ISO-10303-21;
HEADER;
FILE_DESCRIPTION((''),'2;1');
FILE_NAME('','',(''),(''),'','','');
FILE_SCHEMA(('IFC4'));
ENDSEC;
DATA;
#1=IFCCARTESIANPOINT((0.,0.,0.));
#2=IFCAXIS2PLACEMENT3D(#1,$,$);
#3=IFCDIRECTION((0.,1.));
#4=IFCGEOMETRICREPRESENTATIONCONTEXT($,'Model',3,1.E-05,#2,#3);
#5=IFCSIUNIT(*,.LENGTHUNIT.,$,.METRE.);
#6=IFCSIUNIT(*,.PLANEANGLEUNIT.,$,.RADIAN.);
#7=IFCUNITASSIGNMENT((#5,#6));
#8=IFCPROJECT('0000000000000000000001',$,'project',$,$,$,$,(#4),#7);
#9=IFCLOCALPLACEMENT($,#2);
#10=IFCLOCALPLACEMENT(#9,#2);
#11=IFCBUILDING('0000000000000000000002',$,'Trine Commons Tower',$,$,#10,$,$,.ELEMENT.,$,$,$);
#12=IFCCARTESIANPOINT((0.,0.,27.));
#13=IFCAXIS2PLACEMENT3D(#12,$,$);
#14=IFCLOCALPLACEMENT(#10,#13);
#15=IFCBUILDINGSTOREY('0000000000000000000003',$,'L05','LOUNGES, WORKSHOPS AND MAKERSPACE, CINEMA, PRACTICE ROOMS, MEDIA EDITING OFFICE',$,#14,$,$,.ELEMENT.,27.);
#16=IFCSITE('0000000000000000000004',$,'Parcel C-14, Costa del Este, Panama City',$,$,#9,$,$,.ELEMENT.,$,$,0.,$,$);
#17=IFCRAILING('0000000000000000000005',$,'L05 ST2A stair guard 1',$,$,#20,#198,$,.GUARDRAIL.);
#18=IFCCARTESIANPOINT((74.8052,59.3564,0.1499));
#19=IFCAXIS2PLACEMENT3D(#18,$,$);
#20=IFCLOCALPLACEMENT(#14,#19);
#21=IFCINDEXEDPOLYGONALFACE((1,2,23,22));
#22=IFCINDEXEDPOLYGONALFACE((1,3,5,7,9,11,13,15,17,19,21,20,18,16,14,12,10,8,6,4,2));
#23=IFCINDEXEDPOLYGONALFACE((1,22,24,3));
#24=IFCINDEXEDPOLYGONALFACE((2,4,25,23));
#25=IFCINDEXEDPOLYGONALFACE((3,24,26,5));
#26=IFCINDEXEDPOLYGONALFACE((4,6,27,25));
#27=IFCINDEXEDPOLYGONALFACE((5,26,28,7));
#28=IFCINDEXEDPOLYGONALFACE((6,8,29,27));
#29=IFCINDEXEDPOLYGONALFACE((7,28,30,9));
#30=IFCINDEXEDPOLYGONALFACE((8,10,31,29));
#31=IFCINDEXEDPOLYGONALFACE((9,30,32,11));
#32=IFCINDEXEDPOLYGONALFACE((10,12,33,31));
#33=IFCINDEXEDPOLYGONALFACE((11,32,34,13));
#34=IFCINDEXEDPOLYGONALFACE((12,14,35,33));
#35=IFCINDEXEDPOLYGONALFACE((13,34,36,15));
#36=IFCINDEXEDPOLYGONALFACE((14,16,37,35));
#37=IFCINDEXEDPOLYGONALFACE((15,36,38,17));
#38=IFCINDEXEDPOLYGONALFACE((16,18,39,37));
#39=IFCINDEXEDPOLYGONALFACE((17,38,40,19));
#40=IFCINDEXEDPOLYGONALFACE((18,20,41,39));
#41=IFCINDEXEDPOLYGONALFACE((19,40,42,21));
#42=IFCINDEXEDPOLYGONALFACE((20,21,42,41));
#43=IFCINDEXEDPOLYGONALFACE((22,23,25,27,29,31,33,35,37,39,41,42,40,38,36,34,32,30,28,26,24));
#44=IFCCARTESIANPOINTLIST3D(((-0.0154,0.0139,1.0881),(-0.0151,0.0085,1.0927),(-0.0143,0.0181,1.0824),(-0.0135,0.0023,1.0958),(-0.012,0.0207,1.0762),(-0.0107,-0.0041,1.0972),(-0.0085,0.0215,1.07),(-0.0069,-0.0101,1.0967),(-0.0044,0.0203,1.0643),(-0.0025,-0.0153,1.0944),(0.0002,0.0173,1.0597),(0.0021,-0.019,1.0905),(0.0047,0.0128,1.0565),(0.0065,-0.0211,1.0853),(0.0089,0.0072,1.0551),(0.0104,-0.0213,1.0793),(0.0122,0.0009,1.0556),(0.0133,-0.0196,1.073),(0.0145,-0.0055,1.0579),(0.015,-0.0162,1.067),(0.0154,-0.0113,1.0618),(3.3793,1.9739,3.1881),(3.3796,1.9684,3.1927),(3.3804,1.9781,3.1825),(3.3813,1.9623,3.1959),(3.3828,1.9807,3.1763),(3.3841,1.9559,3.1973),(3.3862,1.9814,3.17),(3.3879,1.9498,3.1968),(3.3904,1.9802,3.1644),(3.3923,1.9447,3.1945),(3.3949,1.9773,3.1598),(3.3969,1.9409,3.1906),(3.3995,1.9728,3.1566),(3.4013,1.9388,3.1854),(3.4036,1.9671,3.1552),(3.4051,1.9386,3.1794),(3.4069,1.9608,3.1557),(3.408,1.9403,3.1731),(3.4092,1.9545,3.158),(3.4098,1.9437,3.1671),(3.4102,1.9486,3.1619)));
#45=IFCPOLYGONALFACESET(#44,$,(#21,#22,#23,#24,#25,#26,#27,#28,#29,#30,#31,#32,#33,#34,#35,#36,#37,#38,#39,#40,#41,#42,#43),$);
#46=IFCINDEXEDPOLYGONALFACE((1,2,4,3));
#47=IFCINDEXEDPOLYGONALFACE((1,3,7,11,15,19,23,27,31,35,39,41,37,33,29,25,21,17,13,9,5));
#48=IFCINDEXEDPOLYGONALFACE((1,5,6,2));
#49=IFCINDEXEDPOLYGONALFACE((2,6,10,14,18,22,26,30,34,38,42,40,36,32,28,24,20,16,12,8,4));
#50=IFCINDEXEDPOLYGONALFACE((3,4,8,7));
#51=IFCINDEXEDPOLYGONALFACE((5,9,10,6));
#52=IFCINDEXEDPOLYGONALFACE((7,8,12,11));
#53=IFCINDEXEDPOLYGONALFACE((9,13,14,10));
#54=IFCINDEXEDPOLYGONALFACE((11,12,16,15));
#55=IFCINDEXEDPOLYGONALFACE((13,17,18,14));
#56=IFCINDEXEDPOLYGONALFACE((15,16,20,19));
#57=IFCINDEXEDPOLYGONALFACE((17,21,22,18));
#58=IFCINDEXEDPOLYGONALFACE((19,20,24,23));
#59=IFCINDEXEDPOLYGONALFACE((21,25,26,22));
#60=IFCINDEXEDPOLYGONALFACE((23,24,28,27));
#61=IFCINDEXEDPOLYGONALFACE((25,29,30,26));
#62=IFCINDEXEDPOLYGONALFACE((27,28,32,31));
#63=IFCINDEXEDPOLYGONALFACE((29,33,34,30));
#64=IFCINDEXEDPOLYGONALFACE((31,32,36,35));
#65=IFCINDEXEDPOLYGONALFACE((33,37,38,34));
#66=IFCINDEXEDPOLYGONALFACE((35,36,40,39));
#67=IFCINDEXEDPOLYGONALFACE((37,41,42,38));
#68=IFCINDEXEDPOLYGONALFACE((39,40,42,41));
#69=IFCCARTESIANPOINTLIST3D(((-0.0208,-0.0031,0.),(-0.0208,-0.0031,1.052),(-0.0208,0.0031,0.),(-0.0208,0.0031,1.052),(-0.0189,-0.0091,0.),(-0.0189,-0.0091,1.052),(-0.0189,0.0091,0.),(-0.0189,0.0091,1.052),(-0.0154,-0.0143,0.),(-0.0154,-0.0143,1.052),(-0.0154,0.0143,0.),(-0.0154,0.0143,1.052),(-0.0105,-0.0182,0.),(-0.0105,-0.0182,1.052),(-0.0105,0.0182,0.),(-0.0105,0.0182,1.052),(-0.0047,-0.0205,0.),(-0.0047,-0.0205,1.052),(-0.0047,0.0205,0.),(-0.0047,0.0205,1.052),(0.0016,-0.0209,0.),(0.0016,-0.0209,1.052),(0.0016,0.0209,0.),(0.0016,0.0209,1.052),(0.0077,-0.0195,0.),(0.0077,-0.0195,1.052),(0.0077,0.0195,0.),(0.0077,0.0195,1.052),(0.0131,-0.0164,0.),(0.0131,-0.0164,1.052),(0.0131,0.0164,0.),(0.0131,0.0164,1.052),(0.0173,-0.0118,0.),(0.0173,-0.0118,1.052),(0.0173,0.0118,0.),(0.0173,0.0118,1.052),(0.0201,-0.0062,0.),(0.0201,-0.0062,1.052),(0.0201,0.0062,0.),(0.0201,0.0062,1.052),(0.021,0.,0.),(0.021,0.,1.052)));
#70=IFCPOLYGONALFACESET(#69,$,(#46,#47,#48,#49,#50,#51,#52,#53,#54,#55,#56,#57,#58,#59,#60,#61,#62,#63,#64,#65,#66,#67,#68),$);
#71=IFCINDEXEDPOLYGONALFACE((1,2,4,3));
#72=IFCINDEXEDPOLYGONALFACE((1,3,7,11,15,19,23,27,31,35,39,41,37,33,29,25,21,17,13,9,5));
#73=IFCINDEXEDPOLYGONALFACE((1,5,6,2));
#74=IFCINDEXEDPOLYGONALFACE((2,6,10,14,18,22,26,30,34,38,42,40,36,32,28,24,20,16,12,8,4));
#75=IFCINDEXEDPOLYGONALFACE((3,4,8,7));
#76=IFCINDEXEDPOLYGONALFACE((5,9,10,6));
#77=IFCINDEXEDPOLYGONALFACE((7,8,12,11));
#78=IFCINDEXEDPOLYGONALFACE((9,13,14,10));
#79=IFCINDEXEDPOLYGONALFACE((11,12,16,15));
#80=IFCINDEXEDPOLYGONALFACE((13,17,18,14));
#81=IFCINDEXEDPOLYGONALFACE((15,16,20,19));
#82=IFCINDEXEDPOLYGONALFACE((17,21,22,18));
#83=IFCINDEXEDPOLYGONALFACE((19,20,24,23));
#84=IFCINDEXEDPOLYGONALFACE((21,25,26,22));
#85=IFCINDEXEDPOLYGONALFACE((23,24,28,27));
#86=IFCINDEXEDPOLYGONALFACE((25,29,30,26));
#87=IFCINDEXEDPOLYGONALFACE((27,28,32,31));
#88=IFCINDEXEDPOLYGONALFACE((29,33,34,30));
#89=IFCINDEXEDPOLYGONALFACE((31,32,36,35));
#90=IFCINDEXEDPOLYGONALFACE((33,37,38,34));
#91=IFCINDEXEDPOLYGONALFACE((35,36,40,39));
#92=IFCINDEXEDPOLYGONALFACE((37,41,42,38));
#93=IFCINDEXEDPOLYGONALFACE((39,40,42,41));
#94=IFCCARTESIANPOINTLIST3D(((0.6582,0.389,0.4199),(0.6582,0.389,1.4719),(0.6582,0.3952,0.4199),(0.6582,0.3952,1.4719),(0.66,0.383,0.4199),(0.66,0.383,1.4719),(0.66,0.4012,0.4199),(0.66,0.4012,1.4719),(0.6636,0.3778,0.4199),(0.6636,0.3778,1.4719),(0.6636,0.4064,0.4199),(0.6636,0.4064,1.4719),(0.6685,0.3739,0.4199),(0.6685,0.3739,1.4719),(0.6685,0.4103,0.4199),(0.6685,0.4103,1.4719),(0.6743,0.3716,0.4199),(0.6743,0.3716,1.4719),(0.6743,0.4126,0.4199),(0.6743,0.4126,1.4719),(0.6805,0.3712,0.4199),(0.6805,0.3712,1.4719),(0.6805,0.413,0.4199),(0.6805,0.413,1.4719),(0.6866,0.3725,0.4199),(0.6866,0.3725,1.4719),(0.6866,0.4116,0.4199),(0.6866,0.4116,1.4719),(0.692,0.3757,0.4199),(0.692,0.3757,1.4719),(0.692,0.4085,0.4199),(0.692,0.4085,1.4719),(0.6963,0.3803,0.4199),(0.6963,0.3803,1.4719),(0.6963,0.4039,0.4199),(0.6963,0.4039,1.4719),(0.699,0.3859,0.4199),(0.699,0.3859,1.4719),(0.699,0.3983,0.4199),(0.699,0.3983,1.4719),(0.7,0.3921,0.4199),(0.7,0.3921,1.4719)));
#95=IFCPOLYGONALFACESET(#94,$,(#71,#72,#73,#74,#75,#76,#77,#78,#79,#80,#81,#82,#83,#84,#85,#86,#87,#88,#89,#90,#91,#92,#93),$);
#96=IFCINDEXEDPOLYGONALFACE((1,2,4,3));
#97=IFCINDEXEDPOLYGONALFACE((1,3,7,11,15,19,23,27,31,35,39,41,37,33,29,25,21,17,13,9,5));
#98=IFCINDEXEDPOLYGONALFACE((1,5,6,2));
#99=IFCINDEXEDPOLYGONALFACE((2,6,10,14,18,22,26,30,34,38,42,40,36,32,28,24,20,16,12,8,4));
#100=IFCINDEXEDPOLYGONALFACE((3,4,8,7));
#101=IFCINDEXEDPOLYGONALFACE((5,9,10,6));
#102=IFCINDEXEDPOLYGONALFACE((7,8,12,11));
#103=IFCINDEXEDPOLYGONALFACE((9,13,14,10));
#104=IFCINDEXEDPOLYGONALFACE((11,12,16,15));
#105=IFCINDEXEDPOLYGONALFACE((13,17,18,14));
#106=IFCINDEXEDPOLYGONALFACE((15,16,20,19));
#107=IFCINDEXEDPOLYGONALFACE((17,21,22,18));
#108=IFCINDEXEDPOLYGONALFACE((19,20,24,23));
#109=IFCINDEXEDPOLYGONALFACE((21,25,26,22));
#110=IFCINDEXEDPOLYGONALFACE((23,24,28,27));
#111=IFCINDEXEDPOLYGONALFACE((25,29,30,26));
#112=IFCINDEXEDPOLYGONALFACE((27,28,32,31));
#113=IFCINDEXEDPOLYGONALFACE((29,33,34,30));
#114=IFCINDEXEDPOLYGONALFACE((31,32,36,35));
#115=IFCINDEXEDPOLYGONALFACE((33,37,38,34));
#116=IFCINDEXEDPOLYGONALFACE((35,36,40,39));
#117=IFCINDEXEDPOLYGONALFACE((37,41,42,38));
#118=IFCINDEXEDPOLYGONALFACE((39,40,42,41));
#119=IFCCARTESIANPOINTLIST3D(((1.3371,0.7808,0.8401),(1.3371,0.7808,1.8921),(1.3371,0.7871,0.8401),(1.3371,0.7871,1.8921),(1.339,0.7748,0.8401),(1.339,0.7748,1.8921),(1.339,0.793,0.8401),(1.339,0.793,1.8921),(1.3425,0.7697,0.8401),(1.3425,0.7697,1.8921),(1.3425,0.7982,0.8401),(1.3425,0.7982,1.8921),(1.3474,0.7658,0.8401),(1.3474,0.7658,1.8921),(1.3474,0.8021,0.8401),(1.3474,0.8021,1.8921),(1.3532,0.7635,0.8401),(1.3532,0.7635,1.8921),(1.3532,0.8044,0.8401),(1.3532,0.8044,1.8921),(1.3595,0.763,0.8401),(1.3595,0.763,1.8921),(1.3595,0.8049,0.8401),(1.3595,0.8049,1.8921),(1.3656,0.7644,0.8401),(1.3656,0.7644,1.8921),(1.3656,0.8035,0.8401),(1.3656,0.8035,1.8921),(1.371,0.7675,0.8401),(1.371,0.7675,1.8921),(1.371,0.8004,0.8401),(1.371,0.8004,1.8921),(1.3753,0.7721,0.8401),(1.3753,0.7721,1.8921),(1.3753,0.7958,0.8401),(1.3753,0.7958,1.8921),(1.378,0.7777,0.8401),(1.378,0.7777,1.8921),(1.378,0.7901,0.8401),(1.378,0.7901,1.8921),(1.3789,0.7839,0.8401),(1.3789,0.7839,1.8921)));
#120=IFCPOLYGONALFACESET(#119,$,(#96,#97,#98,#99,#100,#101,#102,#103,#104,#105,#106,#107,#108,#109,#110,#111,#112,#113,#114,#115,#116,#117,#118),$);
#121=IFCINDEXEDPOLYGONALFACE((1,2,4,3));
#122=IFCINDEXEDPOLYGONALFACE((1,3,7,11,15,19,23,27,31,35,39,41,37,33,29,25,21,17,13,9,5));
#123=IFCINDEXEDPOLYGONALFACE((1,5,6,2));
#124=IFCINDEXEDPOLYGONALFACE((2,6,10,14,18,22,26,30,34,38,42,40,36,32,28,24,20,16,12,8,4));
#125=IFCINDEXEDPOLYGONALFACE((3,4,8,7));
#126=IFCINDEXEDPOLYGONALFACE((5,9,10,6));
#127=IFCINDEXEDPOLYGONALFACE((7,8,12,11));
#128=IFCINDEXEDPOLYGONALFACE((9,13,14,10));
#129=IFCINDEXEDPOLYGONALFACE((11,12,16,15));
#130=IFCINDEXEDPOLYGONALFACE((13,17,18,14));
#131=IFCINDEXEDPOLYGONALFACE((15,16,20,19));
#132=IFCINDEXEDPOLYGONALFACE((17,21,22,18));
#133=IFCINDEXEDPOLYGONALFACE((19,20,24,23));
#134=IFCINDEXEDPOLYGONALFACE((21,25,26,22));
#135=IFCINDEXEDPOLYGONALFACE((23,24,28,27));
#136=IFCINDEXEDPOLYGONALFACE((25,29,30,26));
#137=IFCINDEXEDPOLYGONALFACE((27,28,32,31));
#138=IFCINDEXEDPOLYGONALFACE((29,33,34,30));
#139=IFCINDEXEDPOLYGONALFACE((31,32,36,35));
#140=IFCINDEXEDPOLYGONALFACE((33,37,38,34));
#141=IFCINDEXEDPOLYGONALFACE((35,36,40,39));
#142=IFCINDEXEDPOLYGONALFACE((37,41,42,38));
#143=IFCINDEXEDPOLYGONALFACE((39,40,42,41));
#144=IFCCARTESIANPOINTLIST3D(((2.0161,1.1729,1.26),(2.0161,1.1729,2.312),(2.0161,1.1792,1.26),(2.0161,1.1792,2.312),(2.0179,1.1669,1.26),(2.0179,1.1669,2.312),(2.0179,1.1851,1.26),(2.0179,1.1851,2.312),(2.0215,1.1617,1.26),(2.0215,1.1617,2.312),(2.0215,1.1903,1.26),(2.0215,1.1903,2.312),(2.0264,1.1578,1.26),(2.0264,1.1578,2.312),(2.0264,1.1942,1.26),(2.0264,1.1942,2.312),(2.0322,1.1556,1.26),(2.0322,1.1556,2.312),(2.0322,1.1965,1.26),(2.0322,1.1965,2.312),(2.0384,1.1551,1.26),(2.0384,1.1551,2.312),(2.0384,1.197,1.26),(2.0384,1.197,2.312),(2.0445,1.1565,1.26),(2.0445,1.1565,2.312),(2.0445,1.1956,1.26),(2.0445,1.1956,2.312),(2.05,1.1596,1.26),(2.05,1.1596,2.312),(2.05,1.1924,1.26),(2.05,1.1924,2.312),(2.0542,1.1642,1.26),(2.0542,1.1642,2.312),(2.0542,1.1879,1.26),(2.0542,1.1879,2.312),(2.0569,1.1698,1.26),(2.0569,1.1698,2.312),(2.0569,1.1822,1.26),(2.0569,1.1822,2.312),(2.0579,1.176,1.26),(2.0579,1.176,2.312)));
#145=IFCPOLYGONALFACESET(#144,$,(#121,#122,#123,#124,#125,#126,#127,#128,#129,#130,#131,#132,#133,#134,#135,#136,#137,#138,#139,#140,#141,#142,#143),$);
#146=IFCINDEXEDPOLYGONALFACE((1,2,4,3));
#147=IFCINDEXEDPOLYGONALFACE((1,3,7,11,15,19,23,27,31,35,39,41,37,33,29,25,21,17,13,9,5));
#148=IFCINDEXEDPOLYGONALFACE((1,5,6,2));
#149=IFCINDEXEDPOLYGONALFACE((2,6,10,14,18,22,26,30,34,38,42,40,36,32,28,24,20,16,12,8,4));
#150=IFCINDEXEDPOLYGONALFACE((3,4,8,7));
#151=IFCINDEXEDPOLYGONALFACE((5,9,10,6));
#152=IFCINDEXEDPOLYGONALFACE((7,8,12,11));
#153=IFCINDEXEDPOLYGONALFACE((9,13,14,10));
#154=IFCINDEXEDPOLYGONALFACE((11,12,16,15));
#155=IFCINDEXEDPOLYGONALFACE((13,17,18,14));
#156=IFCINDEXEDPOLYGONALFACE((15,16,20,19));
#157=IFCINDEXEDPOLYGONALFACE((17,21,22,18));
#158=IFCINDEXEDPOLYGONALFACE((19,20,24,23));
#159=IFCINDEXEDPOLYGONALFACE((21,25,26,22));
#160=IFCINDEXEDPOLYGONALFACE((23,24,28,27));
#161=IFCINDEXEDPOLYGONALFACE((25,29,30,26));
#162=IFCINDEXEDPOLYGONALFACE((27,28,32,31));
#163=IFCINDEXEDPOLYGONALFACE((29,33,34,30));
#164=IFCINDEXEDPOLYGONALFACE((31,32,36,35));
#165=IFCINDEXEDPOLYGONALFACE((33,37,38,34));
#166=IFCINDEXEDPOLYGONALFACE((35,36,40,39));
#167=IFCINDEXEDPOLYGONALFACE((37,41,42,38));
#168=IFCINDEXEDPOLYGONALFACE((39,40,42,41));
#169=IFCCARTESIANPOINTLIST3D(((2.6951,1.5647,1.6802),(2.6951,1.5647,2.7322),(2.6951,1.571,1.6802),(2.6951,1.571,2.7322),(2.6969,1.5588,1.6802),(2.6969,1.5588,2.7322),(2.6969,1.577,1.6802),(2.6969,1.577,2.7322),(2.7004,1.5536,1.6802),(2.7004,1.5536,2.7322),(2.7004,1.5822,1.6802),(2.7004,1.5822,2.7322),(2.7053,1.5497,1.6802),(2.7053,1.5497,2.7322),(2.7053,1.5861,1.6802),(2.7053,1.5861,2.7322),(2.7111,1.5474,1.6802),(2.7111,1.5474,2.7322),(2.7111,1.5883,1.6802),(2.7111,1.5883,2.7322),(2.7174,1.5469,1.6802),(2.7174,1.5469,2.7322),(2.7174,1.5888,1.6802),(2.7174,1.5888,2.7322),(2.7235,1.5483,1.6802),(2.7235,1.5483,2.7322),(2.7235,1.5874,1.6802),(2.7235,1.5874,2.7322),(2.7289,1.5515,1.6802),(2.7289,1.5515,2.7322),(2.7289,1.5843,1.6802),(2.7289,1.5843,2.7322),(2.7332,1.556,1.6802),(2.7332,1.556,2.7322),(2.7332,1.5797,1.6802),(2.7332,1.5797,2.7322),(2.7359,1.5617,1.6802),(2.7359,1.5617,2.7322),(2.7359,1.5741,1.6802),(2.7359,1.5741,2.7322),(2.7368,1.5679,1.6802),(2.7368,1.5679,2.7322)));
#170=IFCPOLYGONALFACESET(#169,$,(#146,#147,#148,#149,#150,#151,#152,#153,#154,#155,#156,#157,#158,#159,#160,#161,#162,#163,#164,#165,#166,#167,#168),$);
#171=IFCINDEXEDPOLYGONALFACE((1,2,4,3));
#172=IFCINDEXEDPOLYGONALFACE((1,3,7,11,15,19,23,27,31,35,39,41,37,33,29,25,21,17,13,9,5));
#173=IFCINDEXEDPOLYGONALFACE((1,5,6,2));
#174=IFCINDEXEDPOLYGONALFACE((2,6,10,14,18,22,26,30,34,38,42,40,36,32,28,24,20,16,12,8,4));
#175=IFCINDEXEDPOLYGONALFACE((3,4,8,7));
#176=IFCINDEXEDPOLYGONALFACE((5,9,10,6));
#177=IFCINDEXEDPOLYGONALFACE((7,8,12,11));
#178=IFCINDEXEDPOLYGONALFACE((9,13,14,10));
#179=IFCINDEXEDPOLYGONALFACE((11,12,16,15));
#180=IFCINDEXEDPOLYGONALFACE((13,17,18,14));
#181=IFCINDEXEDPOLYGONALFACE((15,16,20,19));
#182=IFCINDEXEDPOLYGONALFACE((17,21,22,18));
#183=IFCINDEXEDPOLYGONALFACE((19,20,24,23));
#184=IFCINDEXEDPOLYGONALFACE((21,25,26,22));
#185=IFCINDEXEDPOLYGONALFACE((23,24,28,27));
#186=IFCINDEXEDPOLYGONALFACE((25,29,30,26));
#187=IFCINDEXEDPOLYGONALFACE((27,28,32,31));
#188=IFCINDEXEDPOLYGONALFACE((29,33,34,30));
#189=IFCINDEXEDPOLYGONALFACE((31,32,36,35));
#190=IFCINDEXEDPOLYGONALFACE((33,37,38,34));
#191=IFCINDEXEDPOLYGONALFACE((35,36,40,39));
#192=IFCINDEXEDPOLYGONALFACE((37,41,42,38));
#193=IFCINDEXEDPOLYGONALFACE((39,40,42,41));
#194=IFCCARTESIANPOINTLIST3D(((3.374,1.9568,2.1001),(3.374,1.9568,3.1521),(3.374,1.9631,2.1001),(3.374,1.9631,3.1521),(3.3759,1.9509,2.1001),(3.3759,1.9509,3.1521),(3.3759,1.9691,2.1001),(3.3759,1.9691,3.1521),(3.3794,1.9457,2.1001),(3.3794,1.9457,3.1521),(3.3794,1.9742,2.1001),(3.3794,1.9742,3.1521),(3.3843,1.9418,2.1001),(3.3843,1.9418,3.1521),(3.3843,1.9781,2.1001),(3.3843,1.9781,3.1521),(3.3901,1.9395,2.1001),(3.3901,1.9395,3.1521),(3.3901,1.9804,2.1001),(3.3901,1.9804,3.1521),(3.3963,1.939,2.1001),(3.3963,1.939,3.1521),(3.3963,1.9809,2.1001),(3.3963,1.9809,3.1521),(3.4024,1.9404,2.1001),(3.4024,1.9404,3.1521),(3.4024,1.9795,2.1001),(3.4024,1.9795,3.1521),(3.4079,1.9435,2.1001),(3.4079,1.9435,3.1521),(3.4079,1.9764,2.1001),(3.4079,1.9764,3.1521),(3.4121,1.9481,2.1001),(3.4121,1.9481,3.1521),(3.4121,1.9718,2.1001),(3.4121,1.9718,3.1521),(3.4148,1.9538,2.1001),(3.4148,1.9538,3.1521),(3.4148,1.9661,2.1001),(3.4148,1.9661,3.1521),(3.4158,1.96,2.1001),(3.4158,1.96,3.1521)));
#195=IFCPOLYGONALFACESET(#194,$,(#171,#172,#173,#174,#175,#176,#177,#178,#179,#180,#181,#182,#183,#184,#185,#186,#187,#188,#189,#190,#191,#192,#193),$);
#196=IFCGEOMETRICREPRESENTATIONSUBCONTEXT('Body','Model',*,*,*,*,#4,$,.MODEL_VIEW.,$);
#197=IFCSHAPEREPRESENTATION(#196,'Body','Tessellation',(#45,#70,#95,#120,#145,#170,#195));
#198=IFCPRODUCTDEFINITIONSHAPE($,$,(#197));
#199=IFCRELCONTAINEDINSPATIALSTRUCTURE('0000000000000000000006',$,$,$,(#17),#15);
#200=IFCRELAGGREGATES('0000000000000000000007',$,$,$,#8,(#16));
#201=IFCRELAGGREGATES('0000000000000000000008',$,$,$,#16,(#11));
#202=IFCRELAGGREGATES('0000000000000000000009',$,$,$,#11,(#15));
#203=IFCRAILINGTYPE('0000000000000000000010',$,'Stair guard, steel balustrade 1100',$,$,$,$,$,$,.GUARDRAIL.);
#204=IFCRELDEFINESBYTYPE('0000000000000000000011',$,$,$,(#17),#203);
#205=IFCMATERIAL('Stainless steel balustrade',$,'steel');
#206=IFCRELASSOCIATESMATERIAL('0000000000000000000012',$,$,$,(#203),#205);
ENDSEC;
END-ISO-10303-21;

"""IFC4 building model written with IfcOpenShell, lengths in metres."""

from ifc_helpers import new_model, si_unit, direction, frame, origin, origin_2d, place, context, subcontext, project, spatial, circle, extrude, material, type_object, element, save


model = new_model("IFC4")

# Units and contexts
model_context = context("Model", 3, precision=1e-05, world=origin(), true_north=direction((0.0, 1.0)))
body_context = subcontext(model_context, "Body", "Model", "MODEL_VIEW")
ifc_project = project(units=[si_unit("LENGTHUNIT", "METRE"), si_unit("PLANEANGLEUNIT", "RADIAN")], contexts=[model_context])

# Site, building, storey
site_placement = place(None, origin())
site = spatial("IfcSite", under=ifc_project, at=site_placement, Name="Parcel C-14, Costa del Este, Panama City", CompositionType="ELEMENT", RefElevation=0.0)
building_placement = place(site_placement, origin())
building = spatial("IfcBuilding", under=site, at=building_placement, Name="Trine Commons Tower", CompositionType="ELEMENT")
storey_placement = place(building_placement, frame((0.0, 0.0, 27.0)))
storey = spatial("IfcBuildingStorey", under=building, at=storey_placement, Name="L05", Description="LOUNGES, WORKSHOPS AND MAKERSPACE, CINEMA, PRACTICE ROOMS, MEDIA EDITING OFFICE", CompositionType="ELEMENT", Elevation=27.0)

# Railing
ifc_material_1 = material(Name="Stainless steel balustrade", Category="steel")
railing_type_1 = type_object("IfcRailingType", Name="Stair guard, steel balustrade 1100", PredefinedType="GUARDRAIL", material=ifc_material_1)
railing_1_placement = place(storey_placement, frame((74.8052, 59.3564, 0.1499)))
element("IfcRailing", 1, at=railing_1_placement, inside=storey, type_object=railing_type_1, Name="L05 ST2A stair guard 1", PredefinedType="GUARDRAIL", context=body_context, shape_type="SweptSolid", body=[
    extrude(circle(Radius=0.0239, at=origin_2d()), frame((0.0, 0.0, 1.0762), z_axis=(0.763375, 0.440732, 0.472244), x_axis=(-0.499997, 0.866027, 0.0)), (0.0, 0.0, 1.0), 4.447),
    extrude(circle(Radius=0.021, at=origin_2d()), origin(), (0.0, 0.0, 1.0), 1.052),
    extrude(circle(Radius=0.021, at=origin_2d()), frame((0.679, 0.3921, 0.4199)), (0.0, 0.0, 1.0), 1.052),
    extrude(circle(Radius=0.021, at=origin_2d()), frame((1.3579, 0.7839, 0.8401)), (0.0, 0.0, 1.0), 1.052),
    extrude(circle(Radius=0.021, at=origin_2d()), frame((2.0369, 1.176, 1.26)), (0.0, 0.0, 1.0), 1.052),
    extrude(circle(Radius=0.021, at=origin_2d()), frame((2.7158, 1.5679, 1.6802)), (0.0, 0.0, 1.0), 1.052),
    extrude(circle(Radius=0.021, at=origin_2d()), frame((3.3948, 1.96, 2.1001)), (0.0, 0.0, 1.0), 1.052),
])

save(model, "model.ifc")
